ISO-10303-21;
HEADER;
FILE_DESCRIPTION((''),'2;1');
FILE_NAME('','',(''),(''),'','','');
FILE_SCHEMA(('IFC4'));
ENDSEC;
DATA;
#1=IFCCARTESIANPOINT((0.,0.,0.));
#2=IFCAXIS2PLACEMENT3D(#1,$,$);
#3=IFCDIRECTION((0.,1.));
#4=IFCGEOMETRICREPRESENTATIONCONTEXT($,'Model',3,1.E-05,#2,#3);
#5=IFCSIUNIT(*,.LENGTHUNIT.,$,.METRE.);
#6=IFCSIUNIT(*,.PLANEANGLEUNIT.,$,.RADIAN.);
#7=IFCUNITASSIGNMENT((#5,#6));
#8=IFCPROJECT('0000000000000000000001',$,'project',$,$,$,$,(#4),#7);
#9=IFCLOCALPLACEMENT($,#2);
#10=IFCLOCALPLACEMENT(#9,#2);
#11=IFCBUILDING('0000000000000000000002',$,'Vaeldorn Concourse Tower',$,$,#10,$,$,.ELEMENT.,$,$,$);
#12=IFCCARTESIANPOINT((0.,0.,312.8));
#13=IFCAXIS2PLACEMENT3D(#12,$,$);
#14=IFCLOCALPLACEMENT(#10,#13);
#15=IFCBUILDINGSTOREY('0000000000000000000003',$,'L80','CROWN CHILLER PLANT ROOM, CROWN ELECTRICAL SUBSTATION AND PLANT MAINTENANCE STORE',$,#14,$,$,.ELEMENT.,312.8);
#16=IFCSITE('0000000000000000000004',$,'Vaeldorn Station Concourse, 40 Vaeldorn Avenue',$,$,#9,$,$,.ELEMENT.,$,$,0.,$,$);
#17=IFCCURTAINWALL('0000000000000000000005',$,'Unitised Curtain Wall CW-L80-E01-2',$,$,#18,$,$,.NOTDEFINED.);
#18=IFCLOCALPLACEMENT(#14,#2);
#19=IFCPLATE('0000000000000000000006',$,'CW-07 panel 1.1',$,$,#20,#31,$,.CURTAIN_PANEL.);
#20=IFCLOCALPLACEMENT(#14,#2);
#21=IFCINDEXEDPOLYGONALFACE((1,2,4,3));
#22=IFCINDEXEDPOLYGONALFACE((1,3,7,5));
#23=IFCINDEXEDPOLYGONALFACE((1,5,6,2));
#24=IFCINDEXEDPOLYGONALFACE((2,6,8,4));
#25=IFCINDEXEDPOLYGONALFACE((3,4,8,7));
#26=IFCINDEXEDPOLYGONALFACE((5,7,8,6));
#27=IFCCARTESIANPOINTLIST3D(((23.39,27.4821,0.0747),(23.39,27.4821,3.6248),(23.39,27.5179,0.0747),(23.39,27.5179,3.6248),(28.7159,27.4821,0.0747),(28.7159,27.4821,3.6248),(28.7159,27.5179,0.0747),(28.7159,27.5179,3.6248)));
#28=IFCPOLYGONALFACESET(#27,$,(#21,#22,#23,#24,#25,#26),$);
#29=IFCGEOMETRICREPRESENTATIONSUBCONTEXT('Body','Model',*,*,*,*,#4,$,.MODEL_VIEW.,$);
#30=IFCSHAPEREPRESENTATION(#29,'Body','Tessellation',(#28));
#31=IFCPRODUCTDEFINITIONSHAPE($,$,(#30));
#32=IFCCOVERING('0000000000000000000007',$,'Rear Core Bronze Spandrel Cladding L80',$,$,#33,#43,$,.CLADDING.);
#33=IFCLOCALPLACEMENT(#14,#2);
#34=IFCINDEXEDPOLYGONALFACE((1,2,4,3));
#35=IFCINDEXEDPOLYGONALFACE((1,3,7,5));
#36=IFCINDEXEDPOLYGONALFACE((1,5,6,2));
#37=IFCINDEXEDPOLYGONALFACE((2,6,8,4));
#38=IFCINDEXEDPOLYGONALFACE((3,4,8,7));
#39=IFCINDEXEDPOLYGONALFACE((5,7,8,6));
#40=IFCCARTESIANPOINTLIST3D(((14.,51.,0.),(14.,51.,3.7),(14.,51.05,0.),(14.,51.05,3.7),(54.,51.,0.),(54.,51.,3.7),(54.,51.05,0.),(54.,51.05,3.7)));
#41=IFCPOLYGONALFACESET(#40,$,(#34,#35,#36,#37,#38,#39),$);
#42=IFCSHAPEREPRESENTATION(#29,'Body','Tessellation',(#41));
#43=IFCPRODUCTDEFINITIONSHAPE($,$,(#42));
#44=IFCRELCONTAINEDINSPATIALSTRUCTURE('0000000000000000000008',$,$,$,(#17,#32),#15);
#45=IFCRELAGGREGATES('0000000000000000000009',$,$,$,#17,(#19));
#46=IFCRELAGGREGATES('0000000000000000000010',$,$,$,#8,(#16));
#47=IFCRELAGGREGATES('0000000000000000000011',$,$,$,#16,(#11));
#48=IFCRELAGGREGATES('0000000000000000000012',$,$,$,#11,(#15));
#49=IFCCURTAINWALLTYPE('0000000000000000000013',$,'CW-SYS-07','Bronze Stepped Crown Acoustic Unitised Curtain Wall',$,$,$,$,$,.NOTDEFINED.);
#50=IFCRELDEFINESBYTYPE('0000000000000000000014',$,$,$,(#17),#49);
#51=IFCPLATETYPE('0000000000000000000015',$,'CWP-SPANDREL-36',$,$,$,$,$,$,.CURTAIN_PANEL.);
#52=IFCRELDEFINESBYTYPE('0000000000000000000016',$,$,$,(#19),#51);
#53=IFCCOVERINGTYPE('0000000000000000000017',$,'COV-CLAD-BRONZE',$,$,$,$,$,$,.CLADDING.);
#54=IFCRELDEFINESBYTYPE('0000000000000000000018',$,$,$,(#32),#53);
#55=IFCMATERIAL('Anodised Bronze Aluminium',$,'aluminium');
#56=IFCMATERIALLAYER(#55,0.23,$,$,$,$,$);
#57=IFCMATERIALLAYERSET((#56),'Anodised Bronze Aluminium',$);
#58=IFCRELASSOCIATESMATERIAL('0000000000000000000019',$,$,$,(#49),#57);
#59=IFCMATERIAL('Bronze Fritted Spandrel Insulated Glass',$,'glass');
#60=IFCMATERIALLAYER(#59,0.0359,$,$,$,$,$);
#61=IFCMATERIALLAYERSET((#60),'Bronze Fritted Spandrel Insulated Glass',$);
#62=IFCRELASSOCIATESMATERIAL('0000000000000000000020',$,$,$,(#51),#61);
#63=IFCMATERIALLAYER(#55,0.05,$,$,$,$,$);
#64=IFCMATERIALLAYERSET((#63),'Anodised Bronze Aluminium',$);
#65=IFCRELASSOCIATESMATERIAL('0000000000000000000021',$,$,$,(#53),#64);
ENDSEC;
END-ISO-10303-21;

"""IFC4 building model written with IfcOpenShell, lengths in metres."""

from ifc_helpers import new_model, si_unit, direction, frame, origin, origin_2d, place, context, subcontext, project, spatial, polyline, rectangle, outline, extrude, source, transform, mapped, material, layer, layer_set, type_object, element, aggregate, save


model = new_model("IFC4")

# Units and contexts
model_context = context("Model", 3, precision=1e-05, world=origin(), true_north=direction((0.0, 1.0)))
body_context = subcontext(model_context, "Body", "Model", "MODEL_VIEW")
ifc_project = project(units=[si_unit("LENGTHUNIT", "METRE"), si_unit("PLANEANGLEUNIT", "RADIAN")], contexts=[model_context])

# Site, building, storey
site_placement = place(None, origin())
site = spatial("IfcSite", under=ifc_project, at=site_placement, Name="Vaeldorn Station Concourse, 40 Vaeldorn Avenue", CompositionType="ELEMENT", RefElevation=0.0)
building_placement = place(site_placement, origin())
building = spatial("IfcBuilding", under=site, at=building_placement, Name="Vaeldorn Concourse Tower", CompositionType="ELEMENT")
storey_placement = place(building_placement, frame((0.0, 0.0, 312.8)))
storey = spatial("IfcBuildingStorey", under=building, at=storey_placement, Name="L80", Description="CROWN CHILLER PLANT ROOM, CROWN ELECTRICAL SUBSTATION AND PLANT MAINTENANCE STORE", CompositionType="ELEMENT", Elevation=312.8)

# Curtain wall
ifc_material_1 = material(Name="Anodised Bronze Aluminium", Category="aluminium")
ifc_layer_1 = layer(ifc_material_1, 0.23)
ifc_layer_set_1 = layer_set([ifc_layer_1], Name="Anodised Bronze Aluminium")
curtain_wall_type = type_object("IfcCurtainWallType", Name="CW-SYS-07", Description="Bronze Stepped Crown Acoustic Unitised Curtain Wall", PredefinedType="NOTDEFINED", material=ifc_layer_set_1)
curtain_wall_1_placement = place(storey_placement, origin())
curtain_wall_1 = element("IfcCurtainWall", 1, at=curtain_wall_1_placement, inside=storey, type_object=curtain_wall_type, Name="Unitised Curtain Wall CW-L80-E01-2", PredefinedType="NOTDEFINED")

# Plate
ifc_material_2 = material(Name="Bronze Fritted Spandrel Insulated Glass", Category="glass")
ifc_layer_2 = layer(ifc_material_2, 0.0359)
ifc_layer_set_2 = layer_set([ifc_layer_2], Name="Bronze Fritted Spandrel Insulated Glass")
plate_type_1 = type_object("IfcPlateType", Name="CWP-SPANDREL-36", PredefinedType="CURTAIN_PANEL", material=ifc_layer_set_2)
shared_shape_1 = source(origin(), body_context, "Body", "SweptSolid", [
    extrude(rectangle(XDim=5.3259, YDim=0.0359, at=origin_2d()), origin(), (0.0, 0.0, 1.0), 3.55),
])
plate_1_placement = place(storey_placement, frame((26.053, 27.5, 0.0747), z_axis=(0.0, 0.0, 1.0), x_axis=(1.0, 0.0, 0.0)))
plate_1 = element("IfcPlate", 2, at=plate_1_placement, type_object=plate_type_1, Name="CW-07 panel 1.1", PredefinedType="CURTAIN_PANEL", context=body_context, shape_type="MappedRepresentation", body=[
    mapped(shared_shape_1, transform((0.0, 0.0, 0.0), scale=1.0)),
])
aggregate(curtain_wall_1, [plate_1])

# Covering
ifc_layer_3 = layer(ifc_material_1, 0.05)
ifc_layer_set_3 = layer_set([ifc_layer_3], Name="Anodised Bronze Aluminium")
covering_type = type_object("IfcCoveringType", Name="COV-CLAD-BRONZE", PredefinedType="CLADDING", material=ifc_layer_set_3)
covering_placement = place(storey_placement, origin())
element("IfcCovering", 3, at=covering_placement, inside=storey, type_object=covering_type, Name="Rear Core Bronze Spandrel Cladding L80", PredefinedType="CLADDING", context=body_context, shape_type="SweptSolid", body=[
    extrude(outline(polyline([(14.0, 51.0), (54.0, 51.0), (54.0, 51.05), (14.0, 51.05), (14.0, 51.0)])), origin(), (0.0, 0.0, 1.0), 3.7),
])

save(model, "model.ifc")
